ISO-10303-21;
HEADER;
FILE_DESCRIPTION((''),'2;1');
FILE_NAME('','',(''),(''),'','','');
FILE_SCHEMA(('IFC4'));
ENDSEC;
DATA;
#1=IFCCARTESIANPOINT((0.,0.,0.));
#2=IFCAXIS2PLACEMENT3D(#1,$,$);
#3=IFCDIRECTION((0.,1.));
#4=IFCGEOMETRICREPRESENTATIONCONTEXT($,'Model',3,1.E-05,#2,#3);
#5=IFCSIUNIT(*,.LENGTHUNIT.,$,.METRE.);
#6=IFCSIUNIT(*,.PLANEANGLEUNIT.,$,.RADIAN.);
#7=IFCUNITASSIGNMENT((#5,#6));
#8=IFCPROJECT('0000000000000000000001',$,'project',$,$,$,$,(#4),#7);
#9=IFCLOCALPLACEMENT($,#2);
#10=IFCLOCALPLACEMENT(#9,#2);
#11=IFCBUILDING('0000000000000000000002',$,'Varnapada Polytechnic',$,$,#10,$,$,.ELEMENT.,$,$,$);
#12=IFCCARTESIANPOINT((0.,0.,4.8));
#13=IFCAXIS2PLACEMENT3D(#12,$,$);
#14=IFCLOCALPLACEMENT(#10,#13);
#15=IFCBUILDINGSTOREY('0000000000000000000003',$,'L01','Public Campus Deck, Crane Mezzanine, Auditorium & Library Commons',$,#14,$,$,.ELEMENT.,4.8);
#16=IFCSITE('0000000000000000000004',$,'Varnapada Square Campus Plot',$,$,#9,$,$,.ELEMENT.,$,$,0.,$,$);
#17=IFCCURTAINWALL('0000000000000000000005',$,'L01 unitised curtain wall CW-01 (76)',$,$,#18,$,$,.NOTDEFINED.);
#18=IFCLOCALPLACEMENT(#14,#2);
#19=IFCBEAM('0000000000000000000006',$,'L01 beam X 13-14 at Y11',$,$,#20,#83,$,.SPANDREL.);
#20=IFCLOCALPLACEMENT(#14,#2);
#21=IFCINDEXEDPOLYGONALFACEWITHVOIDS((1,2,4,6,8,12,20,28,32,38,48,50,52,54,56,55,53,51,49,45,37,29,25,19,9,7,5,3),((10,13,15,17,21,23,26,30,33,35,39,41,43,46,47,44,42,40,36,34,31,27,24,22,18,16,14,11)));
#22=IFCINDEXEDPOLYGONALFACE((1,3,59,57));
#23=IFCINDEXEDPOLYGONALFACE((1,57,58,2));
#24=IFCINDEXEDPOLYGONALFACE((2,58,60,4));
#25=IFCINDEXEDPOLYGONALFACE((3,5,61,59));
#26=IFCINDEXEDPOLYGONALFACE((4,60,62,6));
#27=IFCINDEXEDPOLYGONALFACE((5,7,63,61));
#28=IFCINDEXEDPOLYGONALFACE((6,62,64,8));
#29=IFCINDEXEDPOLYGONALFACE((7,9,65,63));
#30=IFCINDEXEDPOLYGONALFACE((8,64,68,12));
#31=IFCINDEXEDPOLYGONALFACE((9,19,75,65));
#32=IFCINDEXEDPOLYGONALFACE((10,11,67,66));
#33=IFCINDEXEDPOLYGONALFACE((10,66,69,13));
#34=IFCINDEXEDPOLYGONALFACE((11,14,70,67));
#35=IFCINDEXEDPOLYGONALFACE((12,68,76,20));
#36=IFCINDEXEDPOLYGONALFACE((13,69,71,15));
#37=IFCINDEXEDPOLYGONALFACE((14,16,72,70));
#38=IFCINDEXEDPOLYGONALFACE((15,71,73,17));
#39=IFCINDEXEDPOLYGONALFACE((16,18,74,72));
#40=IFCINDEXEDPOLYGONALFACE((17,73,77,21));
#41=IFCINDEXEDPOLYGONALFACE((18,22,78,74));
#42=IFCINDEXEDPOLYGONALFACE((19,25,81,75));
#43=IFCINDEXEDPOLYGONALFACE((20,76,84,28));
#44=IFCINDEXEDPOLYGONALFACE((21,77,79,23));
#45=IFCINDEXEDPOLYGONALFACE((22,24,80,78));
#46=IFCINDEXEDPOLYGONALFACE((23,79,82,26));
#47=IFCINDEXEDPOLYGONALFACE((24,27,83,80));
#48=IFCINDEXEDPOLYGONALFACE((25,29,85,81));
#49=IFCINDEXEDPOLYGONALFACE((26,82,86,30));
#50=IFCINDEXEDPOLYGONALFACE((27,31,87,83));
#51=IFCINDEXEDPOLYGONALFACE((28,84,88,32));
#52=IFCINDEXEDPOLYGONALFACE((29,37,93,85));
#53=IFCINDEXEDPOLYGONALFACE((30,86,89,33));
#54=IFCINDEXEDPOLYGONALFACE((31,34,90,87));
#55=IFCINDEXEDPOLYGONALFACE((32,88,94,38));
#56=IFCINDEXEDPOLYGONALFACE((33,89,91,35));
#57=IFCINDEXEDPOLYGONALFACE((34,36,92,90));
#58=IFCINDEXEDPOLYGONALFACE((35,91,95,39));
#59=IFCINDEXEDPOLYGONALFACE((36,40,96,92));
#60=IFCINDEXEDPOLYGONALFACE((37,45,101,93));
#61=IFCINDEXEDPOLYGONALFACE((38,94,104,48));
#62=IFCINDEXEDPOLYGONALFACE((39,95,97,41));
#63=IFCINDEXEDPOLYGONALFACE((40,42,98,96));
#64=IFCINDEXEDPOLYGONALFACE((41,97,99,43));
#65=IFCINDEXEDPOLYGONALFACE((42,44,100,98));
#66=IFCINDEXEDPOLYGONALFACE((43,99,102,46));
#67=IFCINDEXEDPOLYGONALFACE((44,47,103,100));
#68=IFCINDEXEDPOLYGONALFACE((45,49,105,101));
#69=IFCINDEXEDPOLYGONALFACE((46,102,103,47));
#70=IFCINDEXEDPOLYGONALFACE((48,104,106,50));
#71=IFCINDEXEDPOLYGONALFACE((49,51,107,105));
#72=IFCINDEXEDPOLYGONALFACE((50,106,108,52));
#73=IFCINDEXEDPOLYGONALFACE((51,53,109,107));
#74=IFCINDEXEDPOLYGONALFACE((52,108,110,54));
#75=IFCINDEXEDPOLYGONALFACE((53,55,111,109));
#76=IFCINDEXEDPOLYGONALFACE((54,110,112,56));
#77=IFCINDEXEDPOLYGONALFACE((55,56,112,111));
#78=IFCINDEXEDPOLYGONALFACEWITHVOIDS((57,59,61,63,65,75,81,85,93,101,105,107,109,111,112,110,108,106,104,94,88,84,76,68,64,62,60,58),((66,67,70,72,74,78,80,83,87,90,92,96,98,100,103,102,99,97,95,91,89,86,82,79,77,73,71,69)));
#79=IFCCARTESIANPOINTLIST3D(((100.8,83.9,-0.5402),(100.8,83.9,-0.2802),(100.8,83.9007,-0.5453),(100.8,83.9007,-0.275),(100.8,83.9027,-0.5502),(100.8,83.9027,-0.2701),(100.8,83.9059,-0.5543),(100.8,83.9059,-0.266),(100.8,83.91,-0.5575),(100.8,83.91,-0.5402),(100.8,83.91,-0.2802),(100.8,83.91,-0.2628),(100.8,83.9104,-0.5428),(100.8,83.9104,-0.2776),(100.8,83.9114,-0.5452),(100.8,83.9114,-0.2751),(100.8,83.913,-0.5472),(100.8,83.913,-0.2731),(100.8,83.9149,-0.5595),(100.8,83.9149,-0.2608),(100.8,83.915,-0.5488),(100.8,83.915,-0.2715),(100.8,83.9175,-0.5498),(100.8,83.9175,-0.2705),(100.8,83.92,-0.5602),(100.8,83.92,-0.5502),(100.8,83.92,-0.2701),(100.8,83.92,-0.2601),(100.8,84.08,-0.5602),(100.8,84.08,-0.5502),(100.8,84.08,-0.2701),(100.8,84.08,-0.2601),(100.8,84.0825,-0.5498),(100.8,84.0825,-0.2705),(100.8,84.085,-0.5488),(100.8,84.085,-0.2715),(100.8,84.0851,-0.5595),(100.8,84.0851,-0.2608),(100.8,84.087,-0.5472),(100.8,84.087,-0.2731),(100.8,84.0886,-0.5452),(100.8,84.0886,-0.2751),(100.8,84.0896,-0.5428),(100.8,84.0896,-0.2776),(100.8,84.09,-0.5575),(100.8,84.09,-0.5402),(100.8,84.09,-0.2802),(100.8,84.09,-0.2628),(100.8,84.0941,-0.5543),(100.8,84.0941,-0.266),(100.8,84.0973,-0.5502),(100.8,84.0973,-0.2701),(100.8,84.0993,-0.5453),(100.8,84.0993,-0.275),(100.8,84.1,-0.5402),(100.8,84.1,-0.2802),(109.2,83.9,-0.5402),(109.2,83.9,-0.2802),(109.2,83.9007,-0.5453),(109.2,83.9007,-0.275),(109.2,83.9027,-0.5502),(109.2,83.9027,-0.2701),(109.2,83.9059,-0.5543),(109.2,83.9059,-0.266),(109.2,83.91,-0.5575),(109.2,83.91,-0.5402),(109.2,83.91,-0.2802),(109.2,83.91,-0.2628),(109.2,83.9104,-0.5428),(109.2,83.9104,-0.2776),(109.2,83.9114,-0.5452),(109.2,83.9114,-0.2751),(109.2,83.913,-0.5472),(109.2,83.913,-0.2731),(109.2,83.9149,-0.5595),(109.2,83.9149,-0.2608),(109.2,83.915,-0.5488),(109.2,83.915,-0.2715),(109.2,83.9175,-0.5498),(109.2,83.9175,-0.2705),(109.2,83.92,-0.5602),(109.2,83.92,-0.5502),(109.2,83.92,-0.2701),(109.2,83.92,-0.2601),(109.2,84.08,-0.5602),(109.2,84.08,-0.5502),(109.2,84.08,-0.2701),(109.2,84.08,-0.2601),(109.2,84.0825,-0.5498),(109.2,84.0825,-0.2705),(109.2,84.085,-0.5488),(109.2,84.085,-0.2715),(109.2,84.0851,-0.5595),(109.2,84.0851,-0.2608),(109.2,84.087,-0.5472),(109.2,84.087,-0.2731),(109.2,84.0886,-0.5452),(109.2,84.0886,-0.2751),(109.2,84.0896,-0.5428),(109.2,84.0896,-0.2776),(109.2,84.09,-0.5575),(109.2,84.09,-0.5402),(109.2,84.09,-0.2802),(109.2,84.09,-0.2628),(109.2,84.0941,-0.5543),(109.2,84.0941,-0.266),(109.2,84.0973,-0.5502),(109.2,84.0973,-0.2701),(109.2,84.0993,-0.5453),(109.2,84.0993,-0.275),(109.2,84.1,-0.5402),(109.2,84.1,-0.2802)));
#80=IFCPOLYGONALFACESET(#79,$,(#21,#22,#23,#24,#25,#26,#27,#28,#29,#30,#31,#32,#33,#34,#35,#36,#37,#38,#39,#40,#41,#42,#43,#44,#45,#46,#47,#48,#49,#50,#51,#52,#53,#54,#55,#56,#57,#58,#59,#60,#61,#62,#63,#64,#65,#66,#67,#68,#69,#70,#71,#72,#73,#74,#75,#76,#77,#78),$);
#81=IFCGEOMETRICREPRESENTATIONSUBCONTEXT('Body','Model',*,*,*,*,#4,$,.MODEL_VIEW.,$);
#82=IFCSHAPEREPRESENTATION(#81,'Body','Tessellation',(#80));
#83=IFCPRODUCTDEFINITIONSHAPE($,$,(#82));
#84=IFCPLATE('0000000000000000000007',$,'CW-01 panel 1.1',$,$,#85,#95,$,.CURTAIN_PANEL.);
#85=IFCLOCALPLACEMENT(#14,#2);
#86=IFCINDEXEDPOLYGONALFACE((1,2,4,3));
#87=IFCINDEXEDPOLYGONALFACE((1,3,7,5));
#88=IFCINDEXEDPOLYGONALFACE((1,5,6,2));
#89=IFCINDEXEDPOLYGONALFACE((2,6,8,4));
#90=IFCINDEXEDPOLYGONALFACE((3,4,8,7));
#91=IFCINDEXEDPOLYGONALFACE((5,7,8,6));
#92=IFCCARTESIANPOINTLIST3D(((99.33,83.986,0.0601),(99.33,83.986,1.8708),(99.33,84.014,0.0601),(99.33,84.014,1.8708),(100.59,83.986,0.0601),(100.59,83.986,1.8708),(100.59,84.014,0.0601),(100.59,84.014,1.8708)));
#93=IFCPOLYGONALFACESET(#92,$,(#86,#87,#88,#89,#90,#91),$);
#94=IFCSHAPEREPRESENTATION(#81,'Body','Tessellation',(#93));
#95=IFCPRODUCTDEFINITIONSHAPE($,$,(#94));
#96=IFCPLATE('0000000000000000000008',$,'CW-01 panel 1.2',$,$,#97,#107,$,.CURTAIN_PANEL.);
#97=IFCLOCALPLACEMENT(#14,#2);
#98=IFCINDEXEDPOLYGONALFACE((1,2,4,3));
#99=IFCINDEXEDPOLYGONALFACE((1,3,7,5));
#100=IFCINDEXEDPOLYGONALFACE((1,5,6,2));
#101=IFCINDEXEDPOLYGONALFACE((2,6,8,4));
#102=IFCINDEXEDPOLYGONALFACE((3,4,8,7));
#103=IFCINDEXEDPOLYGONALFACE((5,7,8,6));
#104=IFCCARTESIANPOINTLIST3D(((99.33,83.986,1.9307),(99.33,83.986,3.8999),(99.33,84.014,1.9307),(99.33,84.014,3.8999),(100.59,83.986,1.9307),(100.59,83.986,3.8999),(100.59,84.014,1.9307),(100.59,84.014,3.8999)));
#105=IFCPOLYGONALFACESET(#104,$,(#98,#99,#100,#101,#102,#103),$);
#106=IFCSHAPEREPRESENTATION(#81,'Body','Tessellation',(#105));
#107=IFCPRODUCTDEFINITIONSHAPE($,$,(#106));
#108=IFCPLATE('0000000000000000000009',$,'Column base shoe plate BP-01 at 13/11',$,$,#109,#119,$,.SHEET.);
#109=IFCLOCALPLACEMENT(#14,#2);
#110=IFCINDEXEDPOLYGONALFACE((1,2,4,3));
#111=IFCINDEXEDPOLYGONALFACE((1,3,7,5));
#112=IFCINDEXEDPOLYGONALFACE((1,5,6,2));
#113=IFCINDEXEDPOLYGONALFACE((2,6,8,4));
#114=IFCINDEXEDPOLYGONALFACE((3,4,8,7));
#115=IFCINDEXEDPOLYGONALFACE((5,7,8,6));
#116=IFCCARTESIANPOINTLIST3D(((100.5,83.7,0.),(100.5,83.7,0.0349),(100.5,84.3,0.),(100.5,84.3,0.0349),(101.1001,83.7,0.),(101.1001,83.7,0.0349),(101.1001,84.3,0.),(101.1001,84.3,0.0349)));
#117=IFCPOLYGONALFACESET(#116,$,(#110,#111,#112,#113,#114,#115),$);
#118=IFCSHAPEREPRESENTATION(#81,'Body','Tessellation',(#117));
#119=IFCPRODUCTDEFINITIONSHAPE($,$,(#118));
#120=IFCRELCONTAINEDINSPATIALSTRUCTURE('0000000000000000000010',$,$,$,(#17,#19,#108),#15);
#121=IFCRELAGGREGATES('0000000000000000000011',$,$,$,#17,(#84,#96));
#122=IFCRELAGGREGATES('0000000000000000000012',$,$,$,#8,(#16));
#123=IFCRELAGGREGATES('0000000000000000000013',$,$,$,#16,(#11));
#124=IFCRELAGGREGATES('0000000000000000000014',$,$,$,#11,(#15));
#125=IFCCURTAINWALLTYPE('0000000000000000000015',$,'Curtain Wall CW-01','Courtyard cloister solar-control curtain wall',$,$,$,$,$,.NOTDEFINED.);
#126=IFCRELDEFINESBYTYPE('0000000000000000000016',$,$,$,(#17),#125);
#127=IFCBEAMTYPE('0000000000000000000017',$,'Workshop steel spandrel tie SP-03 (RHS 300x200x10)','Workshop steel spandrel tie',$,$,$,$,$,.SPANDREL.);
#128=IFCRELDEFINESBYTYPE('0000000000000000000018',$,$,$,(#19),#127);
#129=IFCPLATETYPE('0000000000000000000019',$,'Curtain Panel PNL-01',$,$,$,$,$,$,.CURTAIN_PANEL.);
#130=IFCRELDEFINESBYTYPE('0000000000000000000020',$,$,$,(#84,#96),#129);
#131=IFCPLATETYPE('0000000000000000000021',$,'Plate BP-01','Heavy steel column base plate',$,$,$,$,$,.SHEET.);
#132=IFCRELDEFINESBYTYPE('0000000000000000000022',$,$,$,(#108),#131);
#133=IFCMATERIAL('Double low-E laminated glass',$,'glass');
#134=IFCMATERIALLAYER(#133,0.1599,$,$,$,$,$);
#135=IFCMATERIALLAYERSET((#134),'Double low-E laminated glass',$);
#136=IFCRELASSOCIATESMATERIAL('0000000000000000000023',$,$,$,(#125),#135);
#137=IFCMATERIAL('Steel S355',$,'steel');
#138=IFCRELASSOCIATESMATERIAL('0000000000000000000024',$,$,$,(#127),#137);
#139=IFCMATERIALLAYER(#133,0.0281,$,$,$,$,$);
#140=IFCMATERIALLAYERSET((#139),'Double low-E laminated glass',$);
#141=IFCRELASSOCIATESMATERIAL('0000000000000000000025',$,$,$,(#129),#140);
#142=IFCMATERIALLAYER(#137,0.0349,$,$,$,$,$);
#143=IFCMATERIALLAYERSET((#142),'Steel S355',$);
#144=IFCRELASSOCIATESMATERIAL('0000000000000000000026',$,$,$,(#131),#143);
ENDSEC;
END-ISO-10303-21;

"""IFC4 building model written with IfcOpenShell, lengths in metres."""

from ifc_helpers import new_model, si_unit, direction, frame, origin, origin_2d, place, context, subcontext, project, spatial, rectangle, hollow_rectangle, extrude, material, layer, layer_set, material_profile, profile_set, type_object, element, aggregate, save


model = new_model("IFC4")

# Units and contexts
model_context = context("Model", 3, precision=1e-05, world=origin(), true_north=direction((0.0, 1.0)))
body_context = subcontext(model_context, "Body", "Model", "MODEL_VIEW")
ifc_project = project(units=[si_unit("LENGTHUNIT", "METRE"), si_unit("PLANEANGLEUNIT", "RADIAN")], contexts=[model_context])

# Site, building, storey
site_placement = place(None, origin())
site = spatial("IfcSite", under=ifc_project, at=site_placement, Name="Varnapada Square Campus Plot", CompositionType="ELEMENT", RefElevation=0.0)
building_placement = place(site_placement, origin())
building = spatial("IfcBuilding", under=site, at=building_placement, Name="Varnapada Polytechnic", CompositionType="ELEMENT")
storey_placement = place(building_placement, frame((0.0, 0.0, 4.8)))
storey = spatial("IfcBuildingStorey", under=building, at=storey_placement, Name="L01", Description="Public Campus Deck, Crane Mezzanine, Auditorium & Library Commons", CompositionType="ELEMENT", Elevation=4.8)

# Shared definitions
ifc_material_1 = material(Name="Steel S355", Category="steel")

# Curtain wall
ifc_material_2 = material(Name="Double low-E laminated glass", Category="glass")
ifc_layer_1 = layer(ifc_material_2, 0.1599)
ifc_layer_set_1 = layer_set([ifc_layer_1], Name="Double low-E laminated glass")
curtain_wall_type = type_object("IfcCurtainWallType", Name="Curtain Wall CW-01", Description="Courtyard cloister solar-control curtain wall", PredefinedType="NOTDEFINED", material=ifc_layer_set_1)
curtain_wall_placement = place(storey_placement, origin())
curtain_wall = element("IfcCurtainWall", 1, at=curtain_wall_placement, inside=storey, type_object=curtain_wall_type, Name="L01 unitised curtain wall CW-01 (76)", PredefinedType="NOTDEFINED")

# Beam
ifc_material_profile_1 = material_profile(ifc_material_1, hollow_rectangle(XDim=0.2, YDim=0.3, WallThickness=0.01, InnerFilletRadius=0.01, OuterFilletRadius=0.02, at=origin_2d()), Name="RHS 300x200x10")
ifc_profile_set_1 = profile_set([ifc_material_profile_1], Name="Steel S355")
beam_type_1 = type_object("IfcBeamType", Name="Workshop steel spandrel tie SP-03 (RHS 300x200x10)", Description="Workshop steel spandrel tie", PredefinedType="SPANDREL", material=ifc_profile_set_1)
beam_1_placement = place(storey_placement, frame((100.8, 84.0, -0.4102), z_axis=(1.0, 0.0, 0.0), x_axis=(0.0, 1.0, 0.0)))
element("IfcBeam", 2, at=beam_1_placement, inside=storey, type_object=beam_type_1, Name="L01 beam X 13-14 at Y11", PredefinedType="SPANDREL", context=body_context, shape_type="SweptSolid", body=[
    extrude(hollow_rectangle(XDim=0.2, YDim=0.3, WallThickness=0.01, InnerFilletRadius=0.01, OuterFilletRadius=0.02, at=origin_2d()), origin(), (0.0, 0.0, 1.0), 8.3999),
])

# Plates
ifc_layer_2 = layer(ifc_material_2, 0.0281)
ifc_layer_set_2 = layer_set([ifc_layer_2], Name="Double low-E laminated glass")
plate_type_1 = type_object("IfcPlateType", Name="Curtain Panel PNL-01", PredefinedType="CURTAIN_PANEL", material=ifc_layer_set_2)
plate_1_placement = place(storey_placement, frame((99.96, 84.0, 0.0601), z_axis=(0.0, 0.0, 1.0), x_axis=(-1.0, 0.0, 0.0)))
plate_1 = element("IfcPlate", 3, at=plate_1_placement, type_object=plate_type_1, Name="CW-01 panel 1.1", PredefinedType="CURTAIN_PANEL", context=body_context, shape_type="SweptSolid", body=[
    extrude(rectangle(XDim=1.26, YDim=0.0281, at=origin_2d()), origin(), (0.0, 0.0, 1.0), 1.8108),
])
plate_2_placement = place(storey_placement, frame((99.96, 84.0, 1.9307), z_axis=(0.0, 0.0, 1.0), x_axis=(-1.0, 0.0, 0.0)))
plate_2 = element("IfcPlate", 4, at=plate_2_placement, type_object=plate_type_1, Name="CW-01 panel 1.2", PredefinedType="CURTAIN_PANEL", context=body_context, shape_type="SweptSolid", body=[
    extrude(rectangle(XDim=1.26, YDim=0.0281, at=origin_2d()), origin(), (0.0, 0.0, 1.0), 1.9692),
])
aggregate(curtain_wall, [plate_1, plate_2])
ifc_layer_3 = layer(ifc_material_1, 0.0349)
ifc_layer_set_3 = layer_set([ifc_layer_3], Name="Steel S355")
plate_type_2 = type_object("IfcPlateType", Name="Plate BP-01", Description="Heavy steel column base plate", PredefinedType="SHEET", material=ifc_layer_set_3)
plate_3_placement = place(storey_placement, frame((100.8, 84.0, 0.0), z_axis=(0.0, 0.0, 1.0), x_axis=(1.0, 0.0, 0.0)))
element("IfcPlate", 5, at=plate_3_placement, inside=storey, type_object=plate_type_2, Name="Column base shoe plate BP-01 at 13/11", PredefinedType="SHEET", context=body_context, shape_type="SweptSolid", body=[
    extrude(rectangle(XDim=0.6001, YDim=0.6001, at=origin_2d()), origin(), (0.0, 0.0, 1.0), 0.0349),
])

save(model, "model.ifc")
